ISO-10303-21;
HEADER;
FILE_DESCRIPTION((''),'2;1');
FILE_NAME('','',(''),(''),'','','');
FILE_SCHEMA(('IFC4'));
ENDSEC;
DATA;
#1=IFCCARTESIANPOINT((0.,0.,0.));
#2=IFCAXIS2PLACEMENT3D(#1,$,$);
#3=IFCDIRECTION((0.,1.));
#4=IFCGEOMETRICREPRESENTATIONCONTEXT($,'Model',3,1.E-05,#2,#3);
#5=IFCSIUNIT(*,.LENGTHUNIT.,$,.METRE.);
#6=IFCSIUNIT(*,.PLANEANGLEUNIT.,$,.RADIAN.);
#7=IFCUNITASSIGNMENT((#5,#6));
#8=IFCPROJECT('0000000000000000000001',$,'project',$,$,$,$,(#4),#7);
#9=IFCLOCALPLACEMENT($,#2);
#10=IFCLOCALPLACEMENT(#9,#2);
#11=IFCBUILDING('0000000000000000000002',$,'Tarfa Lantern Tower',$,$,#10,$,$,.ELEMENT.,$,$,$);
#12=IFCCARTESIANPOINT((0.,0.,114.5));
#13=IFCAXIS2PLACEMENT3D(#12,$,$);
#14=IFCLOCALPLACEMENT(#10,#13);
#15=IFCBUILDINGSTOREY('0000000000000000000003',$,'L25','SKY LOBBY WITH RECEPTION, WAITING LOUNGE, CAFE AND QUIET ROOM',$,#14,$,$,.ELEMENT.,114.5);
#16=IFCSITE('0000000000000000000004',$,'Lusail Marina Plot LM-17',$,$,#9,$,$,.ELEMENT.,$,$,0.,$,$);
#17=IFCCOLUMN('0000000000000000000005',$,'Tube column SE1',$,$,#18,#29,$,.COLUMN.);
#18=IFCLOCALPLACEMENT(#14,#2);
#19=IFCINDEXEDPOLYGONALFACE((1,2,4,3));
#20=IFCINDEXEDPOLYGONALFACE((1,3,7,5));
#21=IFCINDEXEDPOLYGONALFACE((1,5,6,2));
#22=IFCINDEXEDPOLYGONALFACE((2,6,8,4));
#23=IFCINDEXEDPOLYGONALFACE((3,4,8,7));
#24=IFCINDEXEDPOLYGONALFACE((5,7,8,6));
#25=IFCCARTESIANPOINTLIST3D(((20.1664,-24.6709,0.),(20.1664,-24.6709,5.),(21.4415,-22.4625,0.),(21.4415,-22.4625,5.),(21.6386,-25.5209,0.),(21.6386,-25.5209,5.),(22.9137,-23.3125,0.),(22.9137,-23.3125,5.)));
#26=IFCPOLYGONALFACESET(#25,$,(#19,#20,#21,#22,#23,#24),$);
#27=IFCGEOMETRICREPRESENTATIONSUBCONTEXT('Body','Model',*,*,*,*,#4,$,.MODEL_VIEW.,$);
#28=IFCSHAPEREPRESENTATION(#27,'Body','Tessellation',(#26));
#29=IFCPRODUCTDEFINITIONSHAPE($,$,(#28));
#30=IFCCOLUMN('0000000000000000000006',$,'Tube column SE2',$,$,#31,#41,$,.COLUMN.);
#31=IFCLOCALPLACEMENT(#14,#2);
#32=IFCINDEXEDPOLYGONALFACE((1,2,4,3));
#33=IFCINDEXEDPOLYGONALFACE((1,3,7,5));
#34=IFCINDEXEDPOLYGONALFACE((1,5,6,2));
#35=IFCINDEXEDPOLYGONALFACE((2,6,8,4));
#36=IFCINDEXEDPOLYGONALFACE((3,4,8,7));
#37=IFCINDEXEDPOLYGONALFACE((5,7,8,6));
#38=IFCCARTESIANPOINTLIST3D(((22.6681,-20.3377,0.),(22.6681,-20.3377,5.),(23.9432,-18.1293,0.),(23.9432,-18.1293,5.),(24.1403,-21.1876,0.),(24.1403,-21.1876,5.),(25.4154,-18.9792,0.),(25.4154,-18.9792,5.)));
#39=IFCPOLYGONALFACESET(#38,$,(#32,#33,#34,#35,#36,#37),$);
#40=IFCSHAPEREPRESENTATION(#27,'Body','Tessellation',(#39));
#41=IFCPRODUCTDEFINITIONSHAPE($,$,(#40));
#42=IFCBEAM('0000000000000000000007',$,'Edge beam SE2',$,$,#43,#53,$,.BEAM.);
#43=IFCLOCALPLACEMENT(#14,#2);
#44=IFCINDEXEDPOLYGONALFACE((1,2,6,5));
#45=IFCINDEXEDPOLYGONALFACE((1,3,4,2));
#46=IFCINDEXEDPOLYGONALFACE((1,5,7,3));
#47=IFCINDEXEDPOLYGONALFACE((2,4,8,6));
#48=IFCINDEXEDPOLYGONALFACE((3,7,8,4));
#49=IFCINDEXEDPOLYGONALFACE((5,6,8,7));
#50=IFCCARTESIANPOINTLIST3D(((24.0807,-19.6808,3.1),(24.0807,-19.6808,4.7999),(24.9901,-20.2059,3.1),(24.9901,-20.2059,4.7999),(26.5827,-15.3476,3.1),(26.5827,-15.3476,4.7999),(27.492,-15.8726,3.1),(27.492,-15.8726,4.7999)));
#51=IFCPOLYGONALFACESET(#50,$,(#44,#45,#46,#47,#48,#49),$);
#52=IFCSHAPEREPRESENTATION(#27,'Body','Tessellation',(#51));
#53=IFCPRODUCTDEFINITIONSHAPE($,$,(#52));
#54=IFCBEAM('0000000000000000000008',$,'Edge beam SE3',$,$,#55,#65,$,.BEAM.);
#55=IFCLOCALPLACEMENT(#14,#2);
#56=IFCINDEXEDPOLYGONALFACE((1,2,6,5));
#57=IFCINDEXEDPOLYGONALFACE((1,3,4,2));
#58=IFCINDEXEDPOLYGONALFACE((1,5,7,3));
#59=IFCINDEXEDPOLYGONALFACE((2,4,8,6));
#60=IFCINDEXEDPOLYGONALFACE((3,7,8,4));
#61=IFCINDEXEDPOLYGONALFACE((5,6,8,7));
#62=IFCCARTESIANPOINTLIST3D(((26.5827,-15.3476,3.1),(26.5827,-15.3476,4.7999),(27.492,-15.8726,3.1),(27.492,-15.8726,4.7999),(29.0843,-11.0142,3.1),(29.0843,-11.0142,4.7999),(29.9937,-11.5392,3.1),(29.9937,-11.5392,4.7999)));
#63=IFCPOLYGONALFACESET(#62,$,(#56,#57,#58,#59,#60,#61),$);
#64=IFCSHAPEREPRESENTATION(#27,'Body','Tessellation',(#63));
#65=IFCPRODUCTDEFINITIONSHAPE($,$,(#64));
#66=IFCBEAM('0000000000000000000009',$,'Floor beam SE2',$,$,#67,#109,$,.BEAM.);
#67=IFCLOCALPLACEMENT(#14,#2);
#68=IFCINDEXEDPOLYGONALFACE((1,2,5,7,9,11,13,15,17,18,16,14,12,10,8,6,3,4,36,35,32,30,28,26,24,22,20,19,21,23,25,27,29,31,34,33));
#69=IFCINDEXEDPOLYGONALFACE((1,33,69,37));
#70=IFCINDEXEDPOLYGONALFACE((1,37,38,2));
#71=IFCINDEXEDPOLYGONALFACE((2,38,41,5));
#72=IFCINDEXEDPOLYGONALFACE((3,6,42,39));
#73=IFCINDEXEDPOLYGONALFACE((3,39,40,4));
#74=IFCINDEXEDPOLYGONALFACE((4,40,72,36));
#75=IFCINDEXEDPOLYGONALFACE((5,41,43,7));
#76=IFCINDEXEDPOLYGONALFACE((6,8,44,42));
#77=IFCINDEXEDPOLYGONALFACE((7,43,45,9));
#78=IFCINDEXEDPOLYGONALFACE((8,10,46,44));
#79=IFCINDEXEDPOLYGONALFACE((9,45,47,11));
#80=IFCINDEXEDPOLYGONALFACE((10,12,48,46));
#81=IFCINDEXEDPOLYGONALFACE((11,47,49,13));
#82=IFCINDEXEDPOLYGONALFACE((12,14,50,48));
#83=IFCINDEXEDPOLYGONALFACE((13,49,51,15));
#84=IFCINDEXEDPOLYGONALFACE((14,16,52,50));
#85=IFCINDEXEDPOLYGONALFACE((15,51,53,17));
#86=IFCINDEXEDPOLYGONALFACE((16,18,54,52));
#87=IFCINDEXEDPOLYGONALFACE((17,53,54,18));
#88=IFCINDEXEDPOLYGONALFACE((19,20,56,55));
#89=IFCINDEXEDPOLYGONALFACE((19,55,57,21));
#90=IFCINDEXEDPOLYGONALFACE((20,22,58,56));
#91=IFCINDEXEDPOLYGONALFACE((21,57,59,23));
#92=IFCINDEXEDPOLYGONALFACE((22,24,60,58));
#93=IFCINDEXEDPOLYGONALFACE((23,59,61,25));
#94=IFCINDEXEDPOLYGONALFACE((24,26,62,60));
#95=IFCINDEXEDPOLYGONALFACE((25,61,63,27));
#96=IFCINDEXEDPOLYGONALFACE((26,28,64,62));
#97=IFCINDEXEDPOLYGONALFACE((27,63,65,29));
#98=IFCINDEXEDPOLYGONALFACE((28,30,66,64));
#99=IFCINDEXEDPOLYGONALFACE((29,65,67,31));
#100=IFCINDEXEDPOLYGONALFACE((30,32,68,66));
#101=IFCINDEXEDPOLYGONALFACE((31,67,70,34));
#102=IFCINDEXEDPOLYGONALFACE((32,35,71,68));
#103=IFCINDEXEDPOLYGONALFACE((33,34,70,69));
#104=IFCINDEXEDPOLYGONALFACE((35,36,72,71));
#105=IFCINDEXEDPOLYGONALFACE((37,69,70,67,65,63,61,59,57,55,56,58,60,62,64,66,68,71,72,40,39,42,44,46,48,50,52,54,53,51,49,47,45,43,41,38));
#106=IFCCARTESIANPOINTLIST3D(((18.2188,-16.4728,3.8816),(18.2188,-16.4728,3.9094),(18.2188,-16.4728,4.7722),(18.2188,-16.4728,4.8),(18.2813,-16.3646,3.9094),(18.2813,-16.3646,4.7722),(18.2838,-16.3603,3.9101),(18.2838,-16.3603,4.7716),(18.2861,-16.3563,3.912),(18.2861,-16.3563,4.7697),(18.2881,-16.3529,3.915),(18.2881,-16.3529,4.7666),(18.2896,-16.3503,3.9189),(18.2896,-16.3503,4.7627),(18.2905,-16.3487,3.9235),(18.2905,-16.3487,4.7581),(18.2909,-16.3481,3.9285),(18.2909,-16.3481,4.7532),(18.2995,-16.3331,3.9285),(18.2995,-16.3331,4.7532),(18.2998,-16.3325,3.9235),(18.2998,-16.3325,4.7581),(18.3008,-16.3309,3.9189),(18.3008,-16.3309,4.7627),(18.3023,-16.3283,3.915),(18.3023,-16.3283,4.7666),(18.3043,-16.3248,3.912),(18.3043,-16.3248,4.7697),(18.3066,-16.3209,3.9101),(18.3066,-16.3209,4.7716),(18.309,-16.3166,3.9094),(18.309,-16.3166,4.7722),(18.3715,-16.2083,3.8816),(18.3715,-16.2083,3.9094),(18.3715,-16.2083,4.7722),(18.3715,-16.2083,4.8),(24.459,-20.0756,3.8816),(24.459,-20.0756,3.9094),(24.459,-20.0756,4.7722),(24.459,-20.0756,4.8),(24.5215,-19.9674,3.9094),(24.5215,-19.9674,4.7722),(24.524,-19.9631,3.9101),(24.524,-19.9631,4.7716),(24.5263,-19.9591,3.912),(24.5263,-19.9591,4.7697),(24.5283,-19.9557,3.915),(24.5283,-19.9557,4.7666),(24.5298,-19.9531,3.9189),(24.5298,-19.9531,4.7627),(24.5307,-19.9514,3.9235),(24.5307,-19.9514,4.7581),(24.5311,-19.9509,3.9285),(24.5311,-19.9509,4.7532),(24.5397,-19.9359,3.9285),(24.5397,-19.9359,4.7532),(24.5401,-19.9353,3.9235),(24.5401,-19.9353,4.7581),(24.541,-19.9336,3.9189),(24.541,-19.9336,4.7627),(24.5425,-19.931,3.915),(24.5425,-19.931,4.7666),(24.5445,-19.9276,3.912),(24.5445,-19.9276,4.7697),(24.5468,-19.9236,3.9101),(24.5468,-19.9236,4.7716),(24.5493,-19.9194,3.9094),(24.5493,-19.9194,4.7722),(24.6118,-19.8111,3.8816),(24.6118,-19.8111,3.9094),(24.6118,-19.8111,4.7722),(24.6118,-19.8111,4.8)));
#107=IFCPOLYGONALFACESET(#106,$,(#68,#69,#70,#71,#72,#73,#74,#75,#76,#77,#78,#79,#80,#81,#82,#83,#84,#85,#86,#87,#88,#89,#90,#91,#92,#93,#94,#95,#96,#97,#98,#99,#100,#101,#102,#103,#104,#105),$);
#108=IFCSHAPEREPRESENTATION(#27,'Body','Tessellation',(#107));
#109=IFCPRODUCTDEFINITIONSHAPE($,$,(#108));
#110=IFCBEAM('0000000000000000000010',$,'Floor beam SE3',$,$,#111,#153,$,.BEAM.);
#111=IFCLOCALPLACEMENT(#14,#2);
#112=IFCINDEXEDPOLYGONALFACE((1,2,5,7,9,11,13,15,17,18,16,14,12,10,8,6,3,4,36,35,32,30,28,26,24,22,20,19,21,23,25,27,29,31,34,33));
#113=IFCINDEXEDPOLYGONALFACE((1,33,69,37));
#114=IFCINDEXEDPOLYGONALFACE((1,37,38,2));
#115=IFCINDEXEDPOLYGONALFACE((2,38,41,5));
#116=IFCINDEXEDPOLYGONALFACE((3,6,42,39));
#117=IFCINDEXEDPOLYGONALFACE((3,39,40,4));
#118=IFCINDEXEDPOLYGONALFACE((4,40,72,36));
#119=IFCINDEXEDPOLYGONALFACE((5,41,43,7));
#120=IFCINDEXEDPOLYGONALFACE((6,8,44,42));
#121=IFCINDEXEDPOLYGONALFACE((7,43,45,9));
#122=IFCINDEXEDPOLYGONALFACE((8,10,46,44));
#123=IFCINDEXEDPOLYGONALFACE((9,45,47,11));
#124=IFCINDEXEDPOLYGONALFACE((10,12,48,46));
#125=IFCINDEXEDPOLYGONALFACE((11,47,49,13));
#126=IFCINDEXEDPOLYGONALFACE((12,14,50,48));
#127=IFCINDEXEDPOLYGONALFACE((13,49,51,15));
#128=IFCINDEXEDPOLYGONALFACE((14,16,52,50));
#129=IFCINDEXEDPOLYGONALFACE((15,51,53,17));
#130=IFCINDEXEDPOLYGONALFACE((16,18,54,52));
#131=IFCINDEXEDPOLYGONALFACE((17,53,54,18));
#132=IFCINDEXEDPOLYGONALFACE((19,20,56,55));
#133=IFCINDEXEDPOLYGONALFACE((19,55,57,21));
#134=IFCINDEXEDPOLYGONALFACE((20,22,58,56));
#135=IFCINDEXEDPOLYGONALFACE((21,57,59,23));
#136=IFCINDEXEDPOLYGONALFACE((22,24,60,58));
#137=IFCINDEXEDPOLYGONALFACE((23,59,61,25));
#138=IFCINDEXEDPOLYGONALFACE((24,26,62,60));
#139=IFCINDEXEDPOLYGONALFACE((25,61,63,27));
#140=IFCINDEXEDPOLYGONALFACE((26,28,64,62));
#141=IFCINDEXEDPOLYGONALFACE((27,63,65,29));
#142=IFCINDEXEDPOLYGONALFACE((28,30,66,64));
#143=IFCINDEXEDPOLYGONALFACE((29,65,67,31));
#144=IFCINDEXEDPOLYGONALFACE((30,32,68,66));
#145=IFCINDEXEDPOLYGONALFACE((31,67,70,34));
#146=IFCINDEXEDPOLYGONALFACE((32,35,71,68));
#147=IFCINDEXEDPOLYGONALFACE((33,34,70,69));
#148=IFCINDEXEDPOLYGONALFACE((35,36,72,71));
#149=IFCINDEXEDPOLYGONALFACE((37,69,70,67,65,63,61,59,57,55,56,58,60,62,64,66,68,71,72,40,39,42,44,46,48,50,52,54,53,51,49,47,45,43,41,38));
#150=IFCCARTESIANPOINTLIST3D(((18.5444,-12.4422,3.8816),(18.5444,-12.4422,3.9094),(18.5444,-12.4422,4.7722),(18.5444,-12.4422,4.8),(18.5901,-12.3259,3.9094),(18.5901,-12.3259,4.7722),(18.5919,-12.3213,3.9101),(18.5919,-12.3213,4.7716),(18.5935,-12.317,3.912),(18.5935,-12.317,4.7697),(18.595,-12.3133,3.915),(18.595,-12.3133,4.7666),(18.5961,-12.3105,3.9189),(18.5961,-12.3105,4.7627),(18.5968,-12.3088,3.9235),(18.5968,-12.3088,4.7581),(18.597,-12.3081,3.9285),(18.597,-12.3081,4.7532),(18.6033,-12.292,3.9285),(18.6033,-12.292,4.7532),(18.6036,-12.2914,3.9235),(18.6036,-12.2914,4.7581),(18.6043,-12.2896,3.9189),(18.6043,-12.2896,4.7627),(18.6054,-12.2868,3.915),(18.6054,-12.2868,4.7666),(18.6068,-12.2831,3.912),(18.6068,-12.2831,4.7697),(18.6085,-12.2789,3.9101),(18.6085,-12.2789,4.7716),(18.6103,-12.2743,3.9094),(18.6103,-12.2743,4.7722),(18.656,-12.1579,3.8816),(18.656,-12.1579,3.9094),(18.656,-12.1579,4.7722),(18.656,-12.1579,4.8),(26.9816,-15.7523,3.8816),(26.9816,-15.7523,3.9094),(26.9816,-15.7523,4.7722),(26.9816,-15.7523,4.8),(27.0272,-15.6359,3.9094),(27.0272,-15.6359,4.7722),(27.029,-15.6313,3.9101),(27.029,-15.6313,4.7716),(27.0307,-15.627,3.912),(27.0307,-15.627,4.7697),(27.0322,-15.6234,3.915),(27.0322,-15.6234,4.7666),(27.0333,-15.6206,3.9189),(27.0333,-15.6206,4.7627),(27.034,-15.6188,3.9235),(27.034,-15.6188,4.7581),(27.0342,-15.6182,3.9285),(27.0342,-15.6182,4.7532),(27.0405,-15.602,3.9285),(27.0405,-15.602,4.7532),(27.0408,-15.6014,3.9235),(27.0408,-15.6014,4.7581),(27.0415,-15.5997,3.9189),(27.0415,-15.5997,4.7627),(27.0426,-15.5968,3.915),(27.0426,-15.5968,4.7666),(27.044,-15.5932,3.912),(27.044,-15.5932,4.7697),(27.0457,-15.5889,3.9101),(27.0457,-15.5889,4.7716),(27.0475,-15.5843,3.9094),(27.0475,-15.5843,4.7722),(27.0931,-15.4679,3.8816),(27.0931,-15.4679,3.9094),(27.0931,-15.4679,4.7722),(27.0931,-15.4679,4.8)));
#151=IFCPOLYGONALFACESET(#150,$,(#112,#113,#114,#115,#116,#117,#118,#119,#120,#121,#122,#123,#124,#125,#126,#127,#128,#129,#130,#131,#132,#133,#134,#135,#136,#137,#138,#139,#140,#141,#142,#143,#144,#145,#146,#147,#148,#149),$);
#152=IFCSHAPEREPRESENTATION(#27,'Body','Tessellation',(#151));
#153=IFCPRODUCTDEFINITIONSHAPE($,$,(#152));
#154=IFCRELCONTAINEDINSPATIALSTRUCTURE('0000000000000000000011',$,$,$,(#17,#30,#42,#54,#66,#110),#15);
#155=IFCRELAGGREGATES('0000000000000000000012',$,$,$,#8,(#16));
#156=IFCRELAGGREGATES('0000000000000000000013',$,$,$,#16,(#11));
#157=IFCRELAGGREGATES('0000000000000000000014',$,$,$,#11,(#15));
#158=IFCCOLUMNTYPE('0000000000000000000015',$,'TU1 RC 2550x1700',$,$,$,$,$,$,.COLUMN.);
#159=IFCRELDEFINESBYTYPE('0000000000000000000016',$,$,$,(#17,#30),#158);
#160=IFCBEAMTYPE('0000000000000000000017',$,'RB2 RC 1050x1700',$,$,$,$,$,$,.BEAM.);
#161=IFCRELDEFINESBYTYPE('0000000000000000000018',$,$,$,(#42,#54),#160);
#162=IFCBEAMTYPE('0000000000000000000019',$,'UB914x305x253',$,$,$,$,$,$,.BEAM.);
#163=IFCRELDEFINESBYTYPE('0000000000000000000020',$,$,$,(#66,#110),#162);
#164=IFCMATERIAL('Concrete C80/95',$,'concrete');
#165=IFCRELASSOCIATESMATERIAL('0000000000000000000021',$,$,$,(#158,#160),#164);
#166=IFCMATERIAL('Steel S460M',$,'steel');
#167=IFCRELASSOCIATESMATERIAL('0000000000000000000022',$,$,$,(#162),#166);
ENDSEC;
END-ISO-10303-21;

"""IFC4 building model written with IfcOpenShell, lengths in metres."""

from ifc_helpers import new_model, si_unit, direction, frame, origin, origin_2d, place, context, subcontext, project, spatial, rectangle, i_section, extrude, material, material_profile, profile_set, type_object, element, save


model = new_model("IFC4")

# Units and contexts
model_context = context("Model", 3, precision=1e-05, world=origin(), true_north=direction((0.0, 1.0)))
body_context = subcontext(model_context, "Body", "Model", "MODEL_VIEW")
ifc_project = project(units=[si_unit("LENGTHUNIT", "METRE"), si_unit("PLANEANGLEUNIT", "RADIAN")], contexts=[model_context])

# Site, building, storey
site_placement = place(None, origin())
site = spatial("IfcSite", under=ifc_project, at=site_placement, Name="Lusail Marina Plot LM-17", CompositionType="ELEMENT", RefElevation=0.0)
building_placement = place(site_placement, origin())
building = spatial("IfcBuilding", under=site, at=building_placement, Name="Tarfa Lantern Tower", CompositionType="ELEMENT")
storey_placement = place(building_placement, frame((0.0, 0.0, 114.5)))
storey = spatial("IfcBuildingStorey", under=building, at=storey_placement, Name="L25", Description="SKY LOBBY WITH RECEPTION, WAITING LOUNGE, CAFE AND QUIET ROOM", CompositionType="ELEMENT", Elevation=114.5)

# Columns
ifc_material_1 = material(Name="Concrete C80/95", Category="concrete")
ifc_material_profile_1 = material_profile(ifc_material_1, rectangle(XDim=2.55, YDim=1.7, at=origin_2d()), Name="RC 2550x1700")
ifc_profile_set_1 = profile_set([ifc_material_profile_1], Name="Concrete C80/95")
column_type = type_object("IfcColumnType", Name="TU1 RC 2550x1700", PredefinedType="COLUMN", material=ifc_profile_set_1)
for number, where, z_axis, x_axis, name in (
    (1, (21.54, -23.9917, 0.0), (0.0, 0.0, 1.0), (0.5, 0.866025, 0.0), "Tube column SE1"),
    (2, (24.0417, -19.6584, 0.0), (0.0, 0.0, 1.0), (0.5, 0.866025, 0.0), "Tube column SE2"),
):
    element("IfcColumn", number, at=place(storey_placement, frame(where, z_axis=z_axis, x_axis=x_axis)), inside=storey, type_object=column_type, Name=name, PredefinedType="COLUMN", context=body_context, shape_type="SweptSolid", body=[
        extrude(rectangle(XDim=2.55, YDim=1.7, at=origin_2d()), origin(), (0.0, 0.0, 1.0), 5.0),
    ])

# Beams
ifc_material_profile_2 = material_profile(ifc_material_1, rectangle(XDim=1.05, YDim=1.7, at=origin_2d()), Name="RC 1050x1700")
ifc_profile_set_2 = profile_set([ifc_material_profile_2], Name="Concrete C80/95")
beam_type_1 = type_object("IfcBeamType", Name="RB2 RC 1050x1700", PredefinedType="BEAM", material=ifc_profile_set_2)
for number, where, z_axis, x_axis, name in (
    (3, (24.5354, -19.9434, 3.95), (0.500022, 0.866013, 0.0), (-0.866013, 0.500022, 0.0), "Edge beam SE2"),
    (4, (27.0374, -15.6101, 3.95), (0.499965, 0.866046, 0.0), (-0.866046, 0.499965, 0.0), "Edge beam SE3"),
):
    element("IfcBeam", number, at=place(storey_placement, frame(where, z_axis=z_axis, x_axis=x_axis)), inside=storey, type_object=beam_type_1, Name=name, PredefinedType="BEAM", context=body_context, shape_type="SweptSolid", body=[
        extrude(rectangle(XDim=1.05, YDim=1.7, at=origin_2d()), origin(), (0.0, 0.0, 1.0), 5.0037),
    ])
ifc_material_2 = material(Name="Steel S460M", Category="steel")
ifc_material_profile_3 = material_profile(ifc_material_2, i_section(OverallWidth=0.3054, OverallDepth=0.9185, WebThickness=0.0173, FlangeThickness=0.0278, FilletRadius=0.019, at=origin_2d()), Name="UB914x305x253")
ifc_profile_set_3 = profile_set([ifc_material_profile_3], Name="Steel S460M")
beam_type_2 = type_object("IfcBeamType", Name="UB914x305x253", PredefinedType="BEAM", material=ifc_profile_set_3)
beam_1_placement = place(storey_placement, frame((24.5354, -19.9434, 4.3408), z_axis=(-0.866026, 0.499998, 0.0), x_axis=(-0.499998, -0.866026, 0.0)))
element("IfcBeam", 5, at=beam_1_placement, inside=storey, type_object=beam_type_2, Name="Floor beam SE2", PredefinedType="BEAM", context=body_context, shape_type="SweptSolid", body=[
    extrude(i_section(OverallWidth=0.3054, OverallDepth=0.9185, WebThickness=0.0173, FlangeThickness=0.0278, FilletRadius=0.019, at=origin_2d()), origin(), (0.0, 0.0, 1.0), 7.2056),
])
beam_2_placement = place(storey_placement, frame((27.0374, -15.6101, 4.3408), z_axis=(-0.930923, 0.365215, 0.0), x_axis=(-0.365215, -0.930923, 0.0)))
element("IfcBeam", 6, at=beam_2_placement, inside=storey, type_object=beam_type_2, Name="Floor beam SE3", PredefinedType="BEAM", context=body_context, shape_type="SweptSolid", body=[
    extrude(i_section(OverallWidth=0.3054, OverallDepth=0.9185, WebThickness=0.0173, FlangeThickness=0.0278, FilletRadius=0.019, at=origin_2d()), origin(), (0.0, 0.0, 1.0), 9.0632),
])

save(model, "model.ifc")
